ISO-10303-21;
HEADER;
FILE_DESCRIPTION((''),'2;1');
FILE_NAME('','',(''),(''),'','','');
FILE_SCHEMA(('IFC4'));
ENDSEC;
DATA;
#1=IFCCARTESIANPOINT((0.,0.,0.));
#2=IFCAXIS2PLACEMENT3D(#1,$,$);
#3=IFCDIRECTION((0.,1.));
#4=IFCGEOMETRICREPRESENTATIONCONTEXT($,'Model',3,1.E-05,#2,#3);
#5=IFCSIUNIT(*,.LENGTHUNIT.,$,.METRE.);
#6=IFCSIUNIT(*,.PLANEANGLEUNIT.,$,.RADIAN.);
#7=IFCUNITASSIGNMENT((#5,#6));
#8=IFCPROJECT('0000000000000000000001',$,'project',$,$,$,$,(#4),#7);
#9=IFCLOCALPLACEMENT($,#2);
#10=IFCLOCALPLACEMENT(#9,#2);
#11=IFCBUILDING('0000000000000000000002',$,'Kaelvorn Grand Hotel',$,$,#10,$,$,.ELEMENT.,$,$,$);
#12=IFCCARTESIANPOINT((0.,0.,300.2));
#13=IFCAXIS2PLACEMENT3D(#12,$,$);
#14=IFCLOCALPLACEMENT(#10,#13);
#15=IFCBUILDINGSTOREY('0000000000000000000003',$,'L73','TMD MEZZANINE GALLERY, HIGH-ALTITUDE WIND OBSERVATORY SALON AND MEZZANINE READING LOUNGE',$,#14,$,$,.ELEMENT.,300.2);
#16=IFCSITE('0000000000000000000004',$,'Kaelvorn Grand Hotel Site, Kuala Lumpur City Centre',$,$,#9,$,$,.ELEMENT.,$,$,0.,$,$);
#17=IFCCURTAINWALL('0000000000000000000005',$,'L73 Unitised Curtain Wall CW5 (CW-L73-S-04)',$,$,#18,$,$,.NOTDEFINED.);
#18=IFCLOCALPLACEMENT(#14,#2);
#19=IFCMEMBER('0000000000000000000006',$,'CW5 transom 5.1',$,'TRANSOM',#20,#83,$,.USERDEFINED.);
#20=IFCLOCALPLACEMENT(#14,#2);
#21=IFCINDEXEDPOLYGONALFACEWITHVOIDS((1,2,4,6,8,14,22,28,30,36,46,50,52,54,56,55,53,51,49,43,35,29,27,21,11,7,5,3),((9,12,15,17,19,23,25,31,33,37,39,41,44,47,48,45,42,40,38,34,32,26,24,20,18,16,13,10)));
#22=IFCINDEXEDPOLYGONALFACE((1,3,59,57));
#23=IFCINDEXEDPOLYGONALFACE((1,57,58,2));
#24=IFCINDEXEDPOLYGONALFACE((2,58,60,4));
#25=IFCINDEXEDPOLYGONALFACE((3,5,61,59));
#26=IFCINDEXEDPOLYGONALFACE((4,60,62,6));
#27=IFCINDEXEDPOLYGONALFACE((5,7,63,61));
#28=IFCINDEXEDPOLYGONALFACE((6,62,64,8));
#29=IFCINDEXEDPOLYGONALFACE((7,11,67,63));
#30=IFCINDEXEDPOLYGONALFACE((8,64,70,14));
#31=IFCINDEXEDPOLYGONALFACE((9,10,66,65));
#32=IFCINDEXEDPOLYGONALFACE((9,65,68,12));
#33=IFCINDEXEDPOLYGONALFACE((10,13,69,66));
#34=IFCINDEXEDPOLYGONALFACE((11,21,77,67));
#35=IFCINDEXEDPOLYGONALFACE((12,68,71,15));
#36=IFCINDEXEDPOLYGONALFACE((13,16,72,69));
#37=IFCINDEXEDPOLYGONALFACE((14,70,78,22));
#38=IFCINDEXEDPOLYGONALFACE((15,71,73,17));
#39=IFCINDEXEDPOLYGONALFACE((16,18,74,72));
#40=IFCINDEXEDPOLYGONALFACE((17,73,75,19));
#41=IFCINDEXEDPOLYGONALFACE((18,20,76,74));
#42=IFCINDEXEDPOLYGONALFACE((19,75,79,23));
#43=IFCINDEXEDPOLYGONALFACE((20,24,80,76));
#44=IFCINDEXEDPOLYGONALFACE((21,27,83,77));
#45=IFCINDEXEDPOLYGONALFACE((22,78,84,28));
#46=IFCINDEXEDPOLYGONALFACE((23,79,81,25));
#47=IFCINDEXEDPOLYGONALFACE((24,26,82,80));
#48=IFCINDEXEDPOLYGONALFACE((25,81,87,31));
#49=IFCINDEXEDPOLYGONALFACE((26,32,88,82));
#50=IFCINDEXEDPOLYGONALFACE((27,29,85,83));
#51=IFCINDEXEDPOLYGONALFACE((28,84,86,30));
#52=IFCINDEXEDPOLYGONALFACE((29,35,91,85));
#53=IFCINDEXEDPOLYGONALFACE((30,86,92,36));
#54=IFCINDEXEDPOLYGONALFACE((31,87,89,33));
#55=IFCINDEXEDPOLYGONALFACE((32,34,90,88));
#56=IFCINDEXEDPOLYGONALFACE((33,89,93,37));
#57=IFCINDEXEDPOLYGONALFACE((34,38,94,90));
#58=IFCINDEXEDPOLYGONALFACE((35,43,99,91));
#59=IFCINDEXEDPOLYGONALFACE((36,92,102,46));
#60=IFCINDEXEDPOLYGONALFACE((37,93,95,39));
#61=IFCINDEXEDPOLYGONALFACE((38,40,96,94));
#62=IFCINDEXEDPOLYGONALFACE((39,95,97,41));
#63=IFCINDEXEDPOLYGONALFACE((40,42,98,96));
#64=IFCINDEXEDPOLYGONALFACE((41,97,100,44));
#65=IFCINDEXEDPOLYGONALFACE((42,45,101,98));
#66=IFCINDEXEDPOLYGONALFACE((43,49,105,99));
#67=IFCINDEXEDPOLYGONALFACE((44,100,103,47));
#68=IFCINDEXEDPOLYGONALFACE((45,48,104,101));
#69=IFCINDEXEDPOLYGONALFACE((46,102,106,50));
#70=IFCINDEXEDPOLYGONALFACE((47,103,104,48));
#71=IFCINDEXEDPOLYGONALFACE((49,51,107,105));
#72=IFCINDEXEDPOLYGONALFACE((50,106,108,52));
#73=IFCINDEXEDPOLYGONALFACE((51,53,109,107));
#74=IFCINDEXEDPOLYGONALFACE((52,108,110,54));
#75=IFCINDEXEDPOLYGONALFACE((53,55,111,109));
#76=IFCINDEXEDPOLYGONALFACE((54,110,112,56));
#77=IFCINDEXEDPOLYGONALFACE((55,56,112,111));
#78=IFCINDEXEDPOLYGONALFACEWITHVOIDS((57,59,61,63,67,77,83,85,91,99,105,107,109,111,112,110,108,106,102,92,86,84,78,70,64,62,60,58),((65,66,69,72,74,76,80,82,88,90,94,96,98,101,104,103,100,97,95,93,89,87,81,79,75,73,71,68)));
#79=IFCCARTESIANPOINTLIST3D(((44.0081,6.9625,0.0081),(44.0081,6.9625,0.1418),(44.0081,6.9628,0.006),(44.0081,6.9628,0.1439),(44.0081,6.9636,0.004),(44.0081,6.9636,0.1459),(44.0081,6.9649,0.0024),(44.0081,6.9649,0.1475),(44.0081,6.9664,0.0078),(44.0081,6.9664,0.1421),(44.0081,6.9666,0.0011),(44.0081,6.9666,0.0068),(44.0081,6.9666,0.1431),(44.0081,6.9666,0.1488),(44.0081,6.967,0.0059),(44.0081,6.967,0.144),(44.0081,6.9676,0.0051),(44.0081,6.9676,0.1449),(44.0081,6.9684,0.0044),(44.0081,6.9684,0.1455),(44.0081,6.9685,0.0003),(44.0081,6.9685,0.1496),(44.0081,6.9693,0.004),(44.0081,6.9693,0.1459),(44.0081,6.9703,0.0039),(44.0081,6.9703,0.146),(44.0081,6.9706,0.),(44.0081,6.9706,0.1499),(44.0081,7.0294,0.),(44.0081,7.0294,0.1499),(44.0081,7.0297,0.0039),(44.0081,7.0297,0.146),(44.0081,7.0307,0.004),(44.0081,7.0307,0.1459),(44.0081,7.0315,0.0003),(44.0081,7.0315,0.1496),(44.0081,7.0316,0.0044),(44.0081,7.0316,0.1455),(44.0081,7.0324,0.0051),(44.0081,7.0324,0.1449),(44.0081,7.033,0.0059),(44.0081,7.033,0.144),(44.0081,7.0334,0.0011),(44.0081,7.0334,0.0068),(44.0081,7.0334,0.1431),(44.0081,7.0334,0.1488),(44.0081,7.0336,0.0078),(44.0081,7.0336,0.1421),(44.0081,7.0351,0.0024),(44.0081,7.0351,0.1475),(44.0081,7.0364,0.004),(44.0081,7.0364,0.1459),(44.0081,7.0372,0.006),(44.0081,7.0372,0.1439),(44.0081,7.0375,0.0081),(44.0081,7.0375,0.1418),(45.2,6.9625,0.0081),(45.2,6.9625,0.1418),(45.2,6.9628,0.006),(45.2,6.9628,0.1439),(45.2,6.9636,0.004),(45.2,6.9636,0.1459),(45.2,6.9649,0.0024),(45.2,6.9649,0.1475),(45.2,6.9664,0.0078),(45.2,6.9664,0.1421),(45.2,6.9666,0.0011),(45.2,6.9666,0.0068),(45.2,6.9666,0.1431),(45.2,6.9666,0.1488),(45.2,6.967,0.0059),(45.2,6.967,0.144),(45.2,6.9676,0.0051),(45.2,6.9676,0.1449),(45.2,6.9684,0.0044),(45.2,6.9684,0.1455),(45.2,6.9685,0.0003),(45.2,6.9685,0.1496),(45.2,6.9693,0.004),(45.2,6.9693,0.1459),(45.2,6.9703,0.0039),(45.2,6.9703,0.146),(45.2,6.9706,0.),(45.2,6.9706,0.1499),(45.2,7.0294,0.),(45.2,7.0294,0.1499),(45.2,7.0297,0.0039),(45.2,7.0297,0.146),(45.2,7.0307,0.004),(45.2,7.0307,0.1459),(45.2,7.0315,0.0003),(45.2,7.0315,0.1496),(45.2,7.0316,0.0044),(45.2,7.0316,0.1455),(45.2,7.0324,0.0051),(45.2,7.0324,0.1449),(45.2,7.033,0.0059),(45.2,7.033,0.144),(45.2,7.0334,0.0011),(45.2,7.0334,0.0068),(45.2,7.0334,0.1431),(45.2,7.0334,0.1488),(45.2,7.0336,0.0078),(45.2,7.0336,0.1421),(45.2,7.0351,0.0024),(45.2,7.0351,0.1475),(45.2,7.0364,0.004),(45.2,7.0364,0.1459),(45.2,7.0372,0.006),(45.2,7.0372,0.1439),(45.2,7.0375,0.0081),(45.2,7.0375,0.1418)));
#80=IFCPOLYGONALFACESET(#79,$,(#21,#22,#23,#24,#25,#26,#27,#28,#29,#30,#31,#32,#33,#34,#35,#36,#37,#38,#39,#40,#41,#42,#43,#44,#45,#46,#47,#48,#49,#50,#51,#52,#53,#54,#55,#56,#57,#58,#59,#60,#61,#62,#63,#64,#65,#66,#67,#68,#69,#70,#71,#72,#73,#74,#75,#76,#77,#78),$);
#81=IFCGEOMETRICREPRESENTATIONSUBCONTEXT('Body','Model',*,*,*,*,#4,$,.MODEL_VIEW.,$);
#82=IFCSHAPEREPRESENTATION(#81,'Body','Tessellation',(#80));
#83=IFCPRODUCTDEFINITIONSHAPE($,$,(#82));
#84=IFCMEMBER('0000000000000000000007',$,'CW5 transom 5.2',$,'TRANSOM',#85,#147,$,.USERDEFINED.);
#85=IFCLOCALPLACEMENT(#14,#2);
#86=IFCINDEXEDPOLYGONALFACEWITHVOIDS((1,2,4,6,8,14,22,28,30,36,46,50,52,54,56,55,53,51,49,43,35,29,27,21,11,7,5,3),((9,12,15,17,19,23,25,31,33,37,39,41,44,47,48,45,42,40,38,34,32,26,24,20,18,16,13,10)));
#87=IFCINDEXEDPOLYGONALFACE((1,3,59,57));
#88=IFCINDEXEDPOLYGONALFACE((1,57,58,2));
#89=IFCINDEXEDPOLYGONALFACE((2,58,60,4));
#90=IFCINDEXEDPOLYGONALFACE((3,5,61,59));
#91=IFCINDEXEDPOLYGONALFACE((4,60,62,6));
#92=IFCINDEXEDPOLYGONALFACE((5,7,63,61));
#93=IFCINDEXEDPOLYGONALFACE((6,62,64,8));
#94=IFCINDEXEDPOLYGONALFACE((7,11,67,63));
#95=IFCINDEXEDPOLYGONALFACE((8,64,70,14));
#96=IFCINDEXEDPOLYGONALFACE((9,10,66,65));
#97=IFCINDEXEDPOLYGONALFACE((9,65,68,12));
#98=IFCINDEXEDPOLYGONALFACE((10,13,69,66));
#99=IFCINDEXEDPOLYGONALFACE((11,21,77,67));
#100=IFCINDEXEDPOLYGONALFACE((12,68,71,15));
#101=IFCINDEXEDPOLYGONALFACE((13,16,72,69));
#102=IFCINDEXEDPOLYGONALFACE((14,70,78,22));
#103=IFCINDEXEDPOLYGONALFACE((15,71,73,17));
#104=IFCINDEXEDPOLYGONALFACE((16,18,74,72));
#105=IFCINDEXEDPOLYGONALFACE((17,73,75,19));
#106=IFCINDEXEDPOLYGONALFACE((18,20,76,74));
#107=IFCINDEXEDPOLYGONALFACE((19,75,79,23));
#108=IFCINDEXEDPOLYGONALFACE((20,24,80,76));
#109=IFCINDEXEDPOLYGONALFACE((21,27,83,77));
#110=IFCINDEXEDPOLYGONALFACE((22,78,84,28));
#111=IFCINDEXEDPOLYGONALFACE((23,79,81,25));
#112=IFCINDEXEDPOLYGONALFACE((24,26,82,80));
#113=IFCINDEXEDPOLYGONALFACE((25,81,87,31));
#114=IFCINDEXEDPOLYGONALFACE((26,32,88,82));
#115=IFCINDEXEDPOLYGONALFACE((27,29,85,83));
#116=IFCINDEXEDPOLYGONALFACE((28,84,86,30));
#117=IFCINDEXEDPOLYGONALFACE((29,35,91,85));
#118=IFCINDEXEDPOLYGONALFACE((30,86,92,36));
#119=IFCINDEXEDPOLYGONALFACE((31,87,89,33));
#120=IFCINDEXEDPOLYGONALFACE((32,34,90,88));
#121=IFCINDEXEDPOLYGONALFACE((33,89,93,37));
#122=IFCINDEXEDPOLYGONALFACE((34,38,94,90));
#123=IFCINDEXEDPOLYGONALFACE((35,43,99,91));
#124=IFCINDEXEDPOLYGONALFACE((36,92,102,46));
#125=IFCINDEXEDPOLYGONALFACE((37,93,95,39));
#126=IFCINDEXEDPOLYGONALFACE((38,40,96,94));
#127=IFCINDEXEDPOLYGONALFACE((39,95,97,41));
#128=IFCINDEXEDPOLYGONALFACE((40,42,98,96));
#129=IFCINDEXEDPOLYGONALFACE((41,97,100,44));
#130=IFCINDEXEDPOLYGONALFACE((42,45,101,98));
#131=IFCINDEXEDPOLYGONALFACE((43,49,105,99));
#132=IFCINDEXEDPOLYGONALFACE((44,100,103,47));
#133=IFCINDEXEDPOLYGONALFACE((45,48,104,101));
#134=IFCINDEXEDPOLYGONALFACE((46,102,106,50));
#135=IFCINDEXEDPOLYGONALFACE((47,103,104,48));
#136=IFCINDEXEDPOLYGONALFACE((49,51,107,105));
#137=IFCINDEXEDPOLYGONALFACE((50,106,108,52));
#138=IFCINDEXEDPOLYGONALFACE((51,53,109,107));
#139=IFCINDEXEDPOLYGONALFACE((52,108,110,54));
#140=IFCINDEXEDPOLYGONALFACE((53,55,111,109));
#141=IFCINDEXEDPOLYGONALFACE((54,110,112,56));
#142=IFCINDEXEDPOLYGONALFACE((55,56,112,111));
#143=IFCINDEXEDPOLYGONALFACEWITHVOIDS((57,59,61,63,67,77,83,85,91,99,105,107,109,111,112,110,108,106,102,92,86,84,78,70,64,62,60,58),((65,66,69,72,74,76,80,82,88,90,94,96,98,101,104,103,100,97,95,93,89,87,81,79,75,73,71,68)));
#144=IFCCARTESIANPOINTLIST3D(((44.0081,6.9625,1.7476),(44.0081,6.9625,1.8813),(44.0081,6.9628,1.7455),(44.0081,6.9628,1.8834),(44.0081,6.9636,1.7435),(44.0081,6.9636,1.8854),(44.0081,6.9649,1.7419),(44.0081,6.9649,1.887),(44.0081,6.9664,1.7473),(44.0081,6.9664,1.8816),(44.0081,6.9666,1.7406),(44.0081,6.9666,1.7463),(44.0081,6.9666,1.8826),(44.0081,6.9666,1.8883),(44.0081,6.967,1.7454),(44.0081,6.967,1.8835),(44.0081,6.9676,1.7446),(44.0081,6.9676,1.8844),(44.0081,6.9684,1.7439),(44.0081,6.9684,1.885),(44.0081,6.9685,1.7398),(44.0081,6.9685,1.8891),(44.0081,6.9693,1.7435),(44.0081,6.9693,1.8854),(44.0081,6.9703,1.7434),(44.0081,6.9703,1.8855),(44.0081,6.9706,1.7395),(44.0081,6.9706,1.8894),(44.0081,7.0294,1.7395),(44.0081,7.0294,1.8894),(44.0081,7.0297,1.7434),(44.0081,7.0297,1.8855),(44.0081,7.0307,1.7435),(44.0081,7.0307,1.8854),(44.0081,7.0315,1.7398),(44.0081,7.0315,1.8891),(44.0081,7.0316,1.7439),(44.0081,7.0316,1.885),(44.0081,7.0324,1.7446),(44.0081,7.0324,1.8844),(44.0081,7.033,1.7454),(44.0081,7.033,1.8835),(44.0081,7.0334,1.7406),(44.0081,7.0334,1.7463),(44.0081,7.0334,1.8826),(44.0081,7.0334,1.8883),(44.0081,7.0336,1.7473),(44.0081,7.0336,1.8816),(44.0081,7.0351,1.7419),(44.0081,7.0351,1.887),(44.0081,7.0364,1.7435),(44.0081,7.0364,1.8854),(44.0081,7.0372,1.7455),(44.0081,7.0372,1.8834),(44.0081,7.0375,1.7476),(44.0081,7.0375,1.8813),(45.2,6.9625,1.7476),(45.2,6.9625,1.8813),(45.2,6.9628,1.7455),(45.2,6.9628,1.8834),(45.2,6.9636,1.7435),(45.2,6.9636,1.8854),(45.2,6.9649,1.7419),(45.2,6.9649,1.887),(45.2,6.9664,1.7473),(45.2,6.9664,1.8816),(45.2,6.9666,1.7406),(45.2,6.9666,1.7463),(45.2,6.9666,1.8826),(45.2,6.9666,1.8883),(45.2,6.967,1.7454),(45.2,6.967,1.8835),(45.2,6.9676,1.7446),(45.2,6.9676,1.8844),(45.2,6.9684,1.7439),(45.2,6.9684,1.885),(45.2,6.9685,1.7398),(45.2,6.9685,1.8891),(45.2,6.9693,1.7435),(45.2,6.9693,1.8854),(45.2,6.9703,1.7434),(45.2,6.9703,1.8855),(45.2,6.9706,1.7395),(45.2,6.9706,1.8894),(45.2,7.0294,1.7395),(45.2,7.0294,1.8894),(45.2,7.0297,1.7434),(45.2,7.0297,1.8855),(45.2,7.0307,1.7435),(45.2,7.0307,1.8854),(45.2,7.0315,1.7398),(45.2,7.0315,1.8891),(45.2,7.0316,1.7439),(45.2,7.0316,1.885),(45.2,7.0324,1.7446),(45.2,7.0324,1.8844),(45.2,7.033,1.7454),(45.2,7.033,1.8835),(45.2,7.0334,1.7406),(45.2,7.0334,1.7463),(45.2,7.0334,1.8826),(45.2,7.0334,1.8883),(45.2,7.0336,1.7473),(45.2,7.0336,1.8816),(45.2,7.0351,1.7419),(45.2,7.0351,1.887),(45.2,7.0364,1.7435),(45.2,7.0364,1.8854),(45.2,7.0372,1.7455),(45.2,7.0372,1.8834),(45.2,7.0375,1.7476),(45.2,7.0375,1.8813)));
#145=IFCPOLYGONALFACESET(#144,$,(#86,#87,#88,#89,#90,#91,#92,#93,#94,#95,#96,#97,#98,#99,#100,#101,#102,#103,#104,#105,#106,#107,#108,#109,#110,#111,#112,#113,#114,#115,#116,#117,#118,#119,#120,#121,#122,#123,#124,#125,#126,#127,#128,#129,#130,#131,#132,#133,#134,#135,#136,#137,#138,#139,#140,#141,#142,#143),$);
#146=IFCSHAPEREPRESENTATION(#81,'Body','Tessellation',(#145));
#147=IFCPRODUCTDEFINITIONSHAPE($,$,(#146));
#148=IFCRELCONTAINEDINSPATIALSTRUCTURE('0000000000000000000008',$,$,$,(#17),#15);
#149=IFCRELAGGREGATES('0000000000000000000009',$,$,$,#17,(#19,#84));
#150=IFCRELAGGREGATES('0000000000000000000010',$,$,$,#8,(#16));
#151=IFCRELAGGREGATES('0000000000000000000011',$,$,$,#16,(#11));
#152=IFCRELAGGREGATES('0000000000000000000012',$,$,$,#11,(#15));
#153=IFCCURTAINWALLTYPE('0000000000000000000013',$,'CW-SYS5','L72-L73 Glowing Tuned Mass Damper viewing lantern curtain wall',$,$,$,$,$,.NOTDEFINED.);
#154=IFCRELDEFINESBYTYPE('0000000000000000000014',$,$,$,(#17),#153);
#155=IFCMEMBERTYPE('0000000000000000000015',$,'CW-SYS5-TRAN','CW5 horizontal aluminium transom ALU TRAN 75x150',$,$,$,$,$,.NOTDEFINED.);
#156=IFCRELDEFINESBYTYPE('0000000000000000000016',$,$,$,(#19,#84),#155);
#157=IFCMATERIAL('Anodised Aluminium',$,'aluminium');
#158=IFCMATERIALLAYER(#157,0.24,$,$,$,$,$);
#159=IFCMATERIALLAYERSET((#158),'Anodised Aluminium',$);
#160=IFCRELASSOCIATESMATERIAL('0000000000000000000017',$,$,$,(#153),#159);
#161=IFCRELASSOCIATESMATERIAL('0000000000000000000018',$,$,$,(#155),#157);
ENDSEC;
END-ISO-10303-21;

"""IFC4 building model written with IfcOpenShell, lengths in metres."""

from ifc_helpers import new_model, si_unit, direction, frame, origin, origin_2d, place, context, subcontext, project, spatial, hollow_rectangle, extrude, material, layer, layer_set, material_profile, profile_set, type_object, element, aggregate, save


model = new_model("IFC4")

# Units and contexts
model_context = context("Model", 3, precision=1e-05, world=origin(), true_north=direction((0.0, 1.0)))
body_context = subcontext(model_context, "Body", "Model", "MODEL_VIEW")
ifc_project = project(units=[si_unit("LENGTHUNIT", "METRE"), si_unit("PLANEANGLEUNIT", "RADIAN")], contexts=[model_context])

# Site, building, storey
site_placement = place(None, origin())
site = spatial("IfcSite", under=ifc_project, at=site_placement, Name="Kaelvorn Grand Hotel Site, Kuala Lumpur City Centre", CompositionType="ELEMENT", RefElevation=0.0)
building_placement = place(site_placement, origin())
building = spatial("IfcBuilding", under=site, at=building_placement, Name="Kaelvorn Grand Hotel", CompositionType="ELEMENT")
storey_placement = place(building_placement, frame((0.0, 0.0, 300.2)))
storey = spatial("IfcBuildingStorey", under=building, at=storey_placement, Name="L73", Description="TMD MEZZANINE GALLERY, HIGH-ALTITUDE WIND OBSERVATORY SALON AND MEZZANINE READING LOUNGE", CompositionType="ELEMENT", Elevation=300.2)

# Curtain wall, members
ifc_material_1 = material(Name="Anodised Aluminium", Category="aluminium")
ifc_layer_1 = layer(ifc_material_1, 0.24)
ifc_layer_set_1 = layer_set([ifc_layer_1], Name="Anodised Aluminium")
curtain_wall_type = type_object("IfcCurtainWallType", Name="CW-SYS5", Description="L72-L73 Glowing Tuned Mass Damper viewing lantern curtain wall", PredefinedType="NOTDEFINED", material=ifc_layer_set_1)
curtain_wall_placement = place(storey_placement, origin())
curtain_wall = element("IfcCurtainWall", 1, at=curtain_wall_placement, inside=storey, type_object=curtain_wall_type, Name="L73 Unitised Curtain Wall CW5 (CW-L73-S-04)", PredefinedType="NOTDEFINED")
ifc_material_profile_1 = material_profile(ifc_material_1, hollow_rectangle(XDim=0.075, YDim=0.1499, WallThickness=0.0039, InnerFilletRadius=0.0039, OuterFilletRadius=0.0081, at=origin_2d()), Name="ALU TRAN 75x150")
ifc_profile_set_1 = profile_set([ifc_material_profile_1], Name="Anodised Aluminium")
member_type_1 = type_object("IfcMemberType", Name="CW-SYS5-TRAN", Description="CW5 horizontal aluminium transom ALU TRAN 75x150", PredefinedType="NOTDEFINED", material=ifc_profile_set_1)
member_1_placement = place(storey_placement, frame((44.0081, 7.0, 0.075), z_axis=(1.0, 0.0, 0.0), x_axis=(0.0, 1.0, 0.0)))
member_1 = element("IfcMember", 2, at=member_1_placement, type_object=member_type_1, Name="CW5 transom 5.1", ObjectType="TRANSOM", PredefinedType="USERDEFINED", context=body_context, shape_type="SweptSolid", body=[
    extrude(hollow_rectangle(XDim=0.075, YDim=0.1499, WallThickness=0.0039, InnerFilletRadius=0.0039, OuterFilletRadius=0.0081, at=origin_2d()), origin(), (0.0, 0.0, 1.0), 1.1919),
])
member_2_placement = place(storey_placement, frame((44.0081, 7.0, 1.8145), z_axis=(1.0, 0.0, 0.0), x_axis=(0.0, 1.0, 0.0)))
member_2 = element("IfcMember", 3, at=member_2_placement, type_object=member_type_1, Name="CW5 transom 5.2", ObjectType="TRANSOM", PredefinedType="USERDEFINED", context=body_context, shape_type="SweptSolid", body=[
    extrude(hollow_rectangle(XDim=0.075, YDim=0.1499, WallThickness=0.0039, InnerFilletRadius=0.0039, OuterFilletRadius=0.0081, at=origin_2d()), origin(), (0.0, 0.0, 1.0), 1.1919),
])
aggregate(curtain_wall, [member_1, member_2])

save(model, "model.ifc")
